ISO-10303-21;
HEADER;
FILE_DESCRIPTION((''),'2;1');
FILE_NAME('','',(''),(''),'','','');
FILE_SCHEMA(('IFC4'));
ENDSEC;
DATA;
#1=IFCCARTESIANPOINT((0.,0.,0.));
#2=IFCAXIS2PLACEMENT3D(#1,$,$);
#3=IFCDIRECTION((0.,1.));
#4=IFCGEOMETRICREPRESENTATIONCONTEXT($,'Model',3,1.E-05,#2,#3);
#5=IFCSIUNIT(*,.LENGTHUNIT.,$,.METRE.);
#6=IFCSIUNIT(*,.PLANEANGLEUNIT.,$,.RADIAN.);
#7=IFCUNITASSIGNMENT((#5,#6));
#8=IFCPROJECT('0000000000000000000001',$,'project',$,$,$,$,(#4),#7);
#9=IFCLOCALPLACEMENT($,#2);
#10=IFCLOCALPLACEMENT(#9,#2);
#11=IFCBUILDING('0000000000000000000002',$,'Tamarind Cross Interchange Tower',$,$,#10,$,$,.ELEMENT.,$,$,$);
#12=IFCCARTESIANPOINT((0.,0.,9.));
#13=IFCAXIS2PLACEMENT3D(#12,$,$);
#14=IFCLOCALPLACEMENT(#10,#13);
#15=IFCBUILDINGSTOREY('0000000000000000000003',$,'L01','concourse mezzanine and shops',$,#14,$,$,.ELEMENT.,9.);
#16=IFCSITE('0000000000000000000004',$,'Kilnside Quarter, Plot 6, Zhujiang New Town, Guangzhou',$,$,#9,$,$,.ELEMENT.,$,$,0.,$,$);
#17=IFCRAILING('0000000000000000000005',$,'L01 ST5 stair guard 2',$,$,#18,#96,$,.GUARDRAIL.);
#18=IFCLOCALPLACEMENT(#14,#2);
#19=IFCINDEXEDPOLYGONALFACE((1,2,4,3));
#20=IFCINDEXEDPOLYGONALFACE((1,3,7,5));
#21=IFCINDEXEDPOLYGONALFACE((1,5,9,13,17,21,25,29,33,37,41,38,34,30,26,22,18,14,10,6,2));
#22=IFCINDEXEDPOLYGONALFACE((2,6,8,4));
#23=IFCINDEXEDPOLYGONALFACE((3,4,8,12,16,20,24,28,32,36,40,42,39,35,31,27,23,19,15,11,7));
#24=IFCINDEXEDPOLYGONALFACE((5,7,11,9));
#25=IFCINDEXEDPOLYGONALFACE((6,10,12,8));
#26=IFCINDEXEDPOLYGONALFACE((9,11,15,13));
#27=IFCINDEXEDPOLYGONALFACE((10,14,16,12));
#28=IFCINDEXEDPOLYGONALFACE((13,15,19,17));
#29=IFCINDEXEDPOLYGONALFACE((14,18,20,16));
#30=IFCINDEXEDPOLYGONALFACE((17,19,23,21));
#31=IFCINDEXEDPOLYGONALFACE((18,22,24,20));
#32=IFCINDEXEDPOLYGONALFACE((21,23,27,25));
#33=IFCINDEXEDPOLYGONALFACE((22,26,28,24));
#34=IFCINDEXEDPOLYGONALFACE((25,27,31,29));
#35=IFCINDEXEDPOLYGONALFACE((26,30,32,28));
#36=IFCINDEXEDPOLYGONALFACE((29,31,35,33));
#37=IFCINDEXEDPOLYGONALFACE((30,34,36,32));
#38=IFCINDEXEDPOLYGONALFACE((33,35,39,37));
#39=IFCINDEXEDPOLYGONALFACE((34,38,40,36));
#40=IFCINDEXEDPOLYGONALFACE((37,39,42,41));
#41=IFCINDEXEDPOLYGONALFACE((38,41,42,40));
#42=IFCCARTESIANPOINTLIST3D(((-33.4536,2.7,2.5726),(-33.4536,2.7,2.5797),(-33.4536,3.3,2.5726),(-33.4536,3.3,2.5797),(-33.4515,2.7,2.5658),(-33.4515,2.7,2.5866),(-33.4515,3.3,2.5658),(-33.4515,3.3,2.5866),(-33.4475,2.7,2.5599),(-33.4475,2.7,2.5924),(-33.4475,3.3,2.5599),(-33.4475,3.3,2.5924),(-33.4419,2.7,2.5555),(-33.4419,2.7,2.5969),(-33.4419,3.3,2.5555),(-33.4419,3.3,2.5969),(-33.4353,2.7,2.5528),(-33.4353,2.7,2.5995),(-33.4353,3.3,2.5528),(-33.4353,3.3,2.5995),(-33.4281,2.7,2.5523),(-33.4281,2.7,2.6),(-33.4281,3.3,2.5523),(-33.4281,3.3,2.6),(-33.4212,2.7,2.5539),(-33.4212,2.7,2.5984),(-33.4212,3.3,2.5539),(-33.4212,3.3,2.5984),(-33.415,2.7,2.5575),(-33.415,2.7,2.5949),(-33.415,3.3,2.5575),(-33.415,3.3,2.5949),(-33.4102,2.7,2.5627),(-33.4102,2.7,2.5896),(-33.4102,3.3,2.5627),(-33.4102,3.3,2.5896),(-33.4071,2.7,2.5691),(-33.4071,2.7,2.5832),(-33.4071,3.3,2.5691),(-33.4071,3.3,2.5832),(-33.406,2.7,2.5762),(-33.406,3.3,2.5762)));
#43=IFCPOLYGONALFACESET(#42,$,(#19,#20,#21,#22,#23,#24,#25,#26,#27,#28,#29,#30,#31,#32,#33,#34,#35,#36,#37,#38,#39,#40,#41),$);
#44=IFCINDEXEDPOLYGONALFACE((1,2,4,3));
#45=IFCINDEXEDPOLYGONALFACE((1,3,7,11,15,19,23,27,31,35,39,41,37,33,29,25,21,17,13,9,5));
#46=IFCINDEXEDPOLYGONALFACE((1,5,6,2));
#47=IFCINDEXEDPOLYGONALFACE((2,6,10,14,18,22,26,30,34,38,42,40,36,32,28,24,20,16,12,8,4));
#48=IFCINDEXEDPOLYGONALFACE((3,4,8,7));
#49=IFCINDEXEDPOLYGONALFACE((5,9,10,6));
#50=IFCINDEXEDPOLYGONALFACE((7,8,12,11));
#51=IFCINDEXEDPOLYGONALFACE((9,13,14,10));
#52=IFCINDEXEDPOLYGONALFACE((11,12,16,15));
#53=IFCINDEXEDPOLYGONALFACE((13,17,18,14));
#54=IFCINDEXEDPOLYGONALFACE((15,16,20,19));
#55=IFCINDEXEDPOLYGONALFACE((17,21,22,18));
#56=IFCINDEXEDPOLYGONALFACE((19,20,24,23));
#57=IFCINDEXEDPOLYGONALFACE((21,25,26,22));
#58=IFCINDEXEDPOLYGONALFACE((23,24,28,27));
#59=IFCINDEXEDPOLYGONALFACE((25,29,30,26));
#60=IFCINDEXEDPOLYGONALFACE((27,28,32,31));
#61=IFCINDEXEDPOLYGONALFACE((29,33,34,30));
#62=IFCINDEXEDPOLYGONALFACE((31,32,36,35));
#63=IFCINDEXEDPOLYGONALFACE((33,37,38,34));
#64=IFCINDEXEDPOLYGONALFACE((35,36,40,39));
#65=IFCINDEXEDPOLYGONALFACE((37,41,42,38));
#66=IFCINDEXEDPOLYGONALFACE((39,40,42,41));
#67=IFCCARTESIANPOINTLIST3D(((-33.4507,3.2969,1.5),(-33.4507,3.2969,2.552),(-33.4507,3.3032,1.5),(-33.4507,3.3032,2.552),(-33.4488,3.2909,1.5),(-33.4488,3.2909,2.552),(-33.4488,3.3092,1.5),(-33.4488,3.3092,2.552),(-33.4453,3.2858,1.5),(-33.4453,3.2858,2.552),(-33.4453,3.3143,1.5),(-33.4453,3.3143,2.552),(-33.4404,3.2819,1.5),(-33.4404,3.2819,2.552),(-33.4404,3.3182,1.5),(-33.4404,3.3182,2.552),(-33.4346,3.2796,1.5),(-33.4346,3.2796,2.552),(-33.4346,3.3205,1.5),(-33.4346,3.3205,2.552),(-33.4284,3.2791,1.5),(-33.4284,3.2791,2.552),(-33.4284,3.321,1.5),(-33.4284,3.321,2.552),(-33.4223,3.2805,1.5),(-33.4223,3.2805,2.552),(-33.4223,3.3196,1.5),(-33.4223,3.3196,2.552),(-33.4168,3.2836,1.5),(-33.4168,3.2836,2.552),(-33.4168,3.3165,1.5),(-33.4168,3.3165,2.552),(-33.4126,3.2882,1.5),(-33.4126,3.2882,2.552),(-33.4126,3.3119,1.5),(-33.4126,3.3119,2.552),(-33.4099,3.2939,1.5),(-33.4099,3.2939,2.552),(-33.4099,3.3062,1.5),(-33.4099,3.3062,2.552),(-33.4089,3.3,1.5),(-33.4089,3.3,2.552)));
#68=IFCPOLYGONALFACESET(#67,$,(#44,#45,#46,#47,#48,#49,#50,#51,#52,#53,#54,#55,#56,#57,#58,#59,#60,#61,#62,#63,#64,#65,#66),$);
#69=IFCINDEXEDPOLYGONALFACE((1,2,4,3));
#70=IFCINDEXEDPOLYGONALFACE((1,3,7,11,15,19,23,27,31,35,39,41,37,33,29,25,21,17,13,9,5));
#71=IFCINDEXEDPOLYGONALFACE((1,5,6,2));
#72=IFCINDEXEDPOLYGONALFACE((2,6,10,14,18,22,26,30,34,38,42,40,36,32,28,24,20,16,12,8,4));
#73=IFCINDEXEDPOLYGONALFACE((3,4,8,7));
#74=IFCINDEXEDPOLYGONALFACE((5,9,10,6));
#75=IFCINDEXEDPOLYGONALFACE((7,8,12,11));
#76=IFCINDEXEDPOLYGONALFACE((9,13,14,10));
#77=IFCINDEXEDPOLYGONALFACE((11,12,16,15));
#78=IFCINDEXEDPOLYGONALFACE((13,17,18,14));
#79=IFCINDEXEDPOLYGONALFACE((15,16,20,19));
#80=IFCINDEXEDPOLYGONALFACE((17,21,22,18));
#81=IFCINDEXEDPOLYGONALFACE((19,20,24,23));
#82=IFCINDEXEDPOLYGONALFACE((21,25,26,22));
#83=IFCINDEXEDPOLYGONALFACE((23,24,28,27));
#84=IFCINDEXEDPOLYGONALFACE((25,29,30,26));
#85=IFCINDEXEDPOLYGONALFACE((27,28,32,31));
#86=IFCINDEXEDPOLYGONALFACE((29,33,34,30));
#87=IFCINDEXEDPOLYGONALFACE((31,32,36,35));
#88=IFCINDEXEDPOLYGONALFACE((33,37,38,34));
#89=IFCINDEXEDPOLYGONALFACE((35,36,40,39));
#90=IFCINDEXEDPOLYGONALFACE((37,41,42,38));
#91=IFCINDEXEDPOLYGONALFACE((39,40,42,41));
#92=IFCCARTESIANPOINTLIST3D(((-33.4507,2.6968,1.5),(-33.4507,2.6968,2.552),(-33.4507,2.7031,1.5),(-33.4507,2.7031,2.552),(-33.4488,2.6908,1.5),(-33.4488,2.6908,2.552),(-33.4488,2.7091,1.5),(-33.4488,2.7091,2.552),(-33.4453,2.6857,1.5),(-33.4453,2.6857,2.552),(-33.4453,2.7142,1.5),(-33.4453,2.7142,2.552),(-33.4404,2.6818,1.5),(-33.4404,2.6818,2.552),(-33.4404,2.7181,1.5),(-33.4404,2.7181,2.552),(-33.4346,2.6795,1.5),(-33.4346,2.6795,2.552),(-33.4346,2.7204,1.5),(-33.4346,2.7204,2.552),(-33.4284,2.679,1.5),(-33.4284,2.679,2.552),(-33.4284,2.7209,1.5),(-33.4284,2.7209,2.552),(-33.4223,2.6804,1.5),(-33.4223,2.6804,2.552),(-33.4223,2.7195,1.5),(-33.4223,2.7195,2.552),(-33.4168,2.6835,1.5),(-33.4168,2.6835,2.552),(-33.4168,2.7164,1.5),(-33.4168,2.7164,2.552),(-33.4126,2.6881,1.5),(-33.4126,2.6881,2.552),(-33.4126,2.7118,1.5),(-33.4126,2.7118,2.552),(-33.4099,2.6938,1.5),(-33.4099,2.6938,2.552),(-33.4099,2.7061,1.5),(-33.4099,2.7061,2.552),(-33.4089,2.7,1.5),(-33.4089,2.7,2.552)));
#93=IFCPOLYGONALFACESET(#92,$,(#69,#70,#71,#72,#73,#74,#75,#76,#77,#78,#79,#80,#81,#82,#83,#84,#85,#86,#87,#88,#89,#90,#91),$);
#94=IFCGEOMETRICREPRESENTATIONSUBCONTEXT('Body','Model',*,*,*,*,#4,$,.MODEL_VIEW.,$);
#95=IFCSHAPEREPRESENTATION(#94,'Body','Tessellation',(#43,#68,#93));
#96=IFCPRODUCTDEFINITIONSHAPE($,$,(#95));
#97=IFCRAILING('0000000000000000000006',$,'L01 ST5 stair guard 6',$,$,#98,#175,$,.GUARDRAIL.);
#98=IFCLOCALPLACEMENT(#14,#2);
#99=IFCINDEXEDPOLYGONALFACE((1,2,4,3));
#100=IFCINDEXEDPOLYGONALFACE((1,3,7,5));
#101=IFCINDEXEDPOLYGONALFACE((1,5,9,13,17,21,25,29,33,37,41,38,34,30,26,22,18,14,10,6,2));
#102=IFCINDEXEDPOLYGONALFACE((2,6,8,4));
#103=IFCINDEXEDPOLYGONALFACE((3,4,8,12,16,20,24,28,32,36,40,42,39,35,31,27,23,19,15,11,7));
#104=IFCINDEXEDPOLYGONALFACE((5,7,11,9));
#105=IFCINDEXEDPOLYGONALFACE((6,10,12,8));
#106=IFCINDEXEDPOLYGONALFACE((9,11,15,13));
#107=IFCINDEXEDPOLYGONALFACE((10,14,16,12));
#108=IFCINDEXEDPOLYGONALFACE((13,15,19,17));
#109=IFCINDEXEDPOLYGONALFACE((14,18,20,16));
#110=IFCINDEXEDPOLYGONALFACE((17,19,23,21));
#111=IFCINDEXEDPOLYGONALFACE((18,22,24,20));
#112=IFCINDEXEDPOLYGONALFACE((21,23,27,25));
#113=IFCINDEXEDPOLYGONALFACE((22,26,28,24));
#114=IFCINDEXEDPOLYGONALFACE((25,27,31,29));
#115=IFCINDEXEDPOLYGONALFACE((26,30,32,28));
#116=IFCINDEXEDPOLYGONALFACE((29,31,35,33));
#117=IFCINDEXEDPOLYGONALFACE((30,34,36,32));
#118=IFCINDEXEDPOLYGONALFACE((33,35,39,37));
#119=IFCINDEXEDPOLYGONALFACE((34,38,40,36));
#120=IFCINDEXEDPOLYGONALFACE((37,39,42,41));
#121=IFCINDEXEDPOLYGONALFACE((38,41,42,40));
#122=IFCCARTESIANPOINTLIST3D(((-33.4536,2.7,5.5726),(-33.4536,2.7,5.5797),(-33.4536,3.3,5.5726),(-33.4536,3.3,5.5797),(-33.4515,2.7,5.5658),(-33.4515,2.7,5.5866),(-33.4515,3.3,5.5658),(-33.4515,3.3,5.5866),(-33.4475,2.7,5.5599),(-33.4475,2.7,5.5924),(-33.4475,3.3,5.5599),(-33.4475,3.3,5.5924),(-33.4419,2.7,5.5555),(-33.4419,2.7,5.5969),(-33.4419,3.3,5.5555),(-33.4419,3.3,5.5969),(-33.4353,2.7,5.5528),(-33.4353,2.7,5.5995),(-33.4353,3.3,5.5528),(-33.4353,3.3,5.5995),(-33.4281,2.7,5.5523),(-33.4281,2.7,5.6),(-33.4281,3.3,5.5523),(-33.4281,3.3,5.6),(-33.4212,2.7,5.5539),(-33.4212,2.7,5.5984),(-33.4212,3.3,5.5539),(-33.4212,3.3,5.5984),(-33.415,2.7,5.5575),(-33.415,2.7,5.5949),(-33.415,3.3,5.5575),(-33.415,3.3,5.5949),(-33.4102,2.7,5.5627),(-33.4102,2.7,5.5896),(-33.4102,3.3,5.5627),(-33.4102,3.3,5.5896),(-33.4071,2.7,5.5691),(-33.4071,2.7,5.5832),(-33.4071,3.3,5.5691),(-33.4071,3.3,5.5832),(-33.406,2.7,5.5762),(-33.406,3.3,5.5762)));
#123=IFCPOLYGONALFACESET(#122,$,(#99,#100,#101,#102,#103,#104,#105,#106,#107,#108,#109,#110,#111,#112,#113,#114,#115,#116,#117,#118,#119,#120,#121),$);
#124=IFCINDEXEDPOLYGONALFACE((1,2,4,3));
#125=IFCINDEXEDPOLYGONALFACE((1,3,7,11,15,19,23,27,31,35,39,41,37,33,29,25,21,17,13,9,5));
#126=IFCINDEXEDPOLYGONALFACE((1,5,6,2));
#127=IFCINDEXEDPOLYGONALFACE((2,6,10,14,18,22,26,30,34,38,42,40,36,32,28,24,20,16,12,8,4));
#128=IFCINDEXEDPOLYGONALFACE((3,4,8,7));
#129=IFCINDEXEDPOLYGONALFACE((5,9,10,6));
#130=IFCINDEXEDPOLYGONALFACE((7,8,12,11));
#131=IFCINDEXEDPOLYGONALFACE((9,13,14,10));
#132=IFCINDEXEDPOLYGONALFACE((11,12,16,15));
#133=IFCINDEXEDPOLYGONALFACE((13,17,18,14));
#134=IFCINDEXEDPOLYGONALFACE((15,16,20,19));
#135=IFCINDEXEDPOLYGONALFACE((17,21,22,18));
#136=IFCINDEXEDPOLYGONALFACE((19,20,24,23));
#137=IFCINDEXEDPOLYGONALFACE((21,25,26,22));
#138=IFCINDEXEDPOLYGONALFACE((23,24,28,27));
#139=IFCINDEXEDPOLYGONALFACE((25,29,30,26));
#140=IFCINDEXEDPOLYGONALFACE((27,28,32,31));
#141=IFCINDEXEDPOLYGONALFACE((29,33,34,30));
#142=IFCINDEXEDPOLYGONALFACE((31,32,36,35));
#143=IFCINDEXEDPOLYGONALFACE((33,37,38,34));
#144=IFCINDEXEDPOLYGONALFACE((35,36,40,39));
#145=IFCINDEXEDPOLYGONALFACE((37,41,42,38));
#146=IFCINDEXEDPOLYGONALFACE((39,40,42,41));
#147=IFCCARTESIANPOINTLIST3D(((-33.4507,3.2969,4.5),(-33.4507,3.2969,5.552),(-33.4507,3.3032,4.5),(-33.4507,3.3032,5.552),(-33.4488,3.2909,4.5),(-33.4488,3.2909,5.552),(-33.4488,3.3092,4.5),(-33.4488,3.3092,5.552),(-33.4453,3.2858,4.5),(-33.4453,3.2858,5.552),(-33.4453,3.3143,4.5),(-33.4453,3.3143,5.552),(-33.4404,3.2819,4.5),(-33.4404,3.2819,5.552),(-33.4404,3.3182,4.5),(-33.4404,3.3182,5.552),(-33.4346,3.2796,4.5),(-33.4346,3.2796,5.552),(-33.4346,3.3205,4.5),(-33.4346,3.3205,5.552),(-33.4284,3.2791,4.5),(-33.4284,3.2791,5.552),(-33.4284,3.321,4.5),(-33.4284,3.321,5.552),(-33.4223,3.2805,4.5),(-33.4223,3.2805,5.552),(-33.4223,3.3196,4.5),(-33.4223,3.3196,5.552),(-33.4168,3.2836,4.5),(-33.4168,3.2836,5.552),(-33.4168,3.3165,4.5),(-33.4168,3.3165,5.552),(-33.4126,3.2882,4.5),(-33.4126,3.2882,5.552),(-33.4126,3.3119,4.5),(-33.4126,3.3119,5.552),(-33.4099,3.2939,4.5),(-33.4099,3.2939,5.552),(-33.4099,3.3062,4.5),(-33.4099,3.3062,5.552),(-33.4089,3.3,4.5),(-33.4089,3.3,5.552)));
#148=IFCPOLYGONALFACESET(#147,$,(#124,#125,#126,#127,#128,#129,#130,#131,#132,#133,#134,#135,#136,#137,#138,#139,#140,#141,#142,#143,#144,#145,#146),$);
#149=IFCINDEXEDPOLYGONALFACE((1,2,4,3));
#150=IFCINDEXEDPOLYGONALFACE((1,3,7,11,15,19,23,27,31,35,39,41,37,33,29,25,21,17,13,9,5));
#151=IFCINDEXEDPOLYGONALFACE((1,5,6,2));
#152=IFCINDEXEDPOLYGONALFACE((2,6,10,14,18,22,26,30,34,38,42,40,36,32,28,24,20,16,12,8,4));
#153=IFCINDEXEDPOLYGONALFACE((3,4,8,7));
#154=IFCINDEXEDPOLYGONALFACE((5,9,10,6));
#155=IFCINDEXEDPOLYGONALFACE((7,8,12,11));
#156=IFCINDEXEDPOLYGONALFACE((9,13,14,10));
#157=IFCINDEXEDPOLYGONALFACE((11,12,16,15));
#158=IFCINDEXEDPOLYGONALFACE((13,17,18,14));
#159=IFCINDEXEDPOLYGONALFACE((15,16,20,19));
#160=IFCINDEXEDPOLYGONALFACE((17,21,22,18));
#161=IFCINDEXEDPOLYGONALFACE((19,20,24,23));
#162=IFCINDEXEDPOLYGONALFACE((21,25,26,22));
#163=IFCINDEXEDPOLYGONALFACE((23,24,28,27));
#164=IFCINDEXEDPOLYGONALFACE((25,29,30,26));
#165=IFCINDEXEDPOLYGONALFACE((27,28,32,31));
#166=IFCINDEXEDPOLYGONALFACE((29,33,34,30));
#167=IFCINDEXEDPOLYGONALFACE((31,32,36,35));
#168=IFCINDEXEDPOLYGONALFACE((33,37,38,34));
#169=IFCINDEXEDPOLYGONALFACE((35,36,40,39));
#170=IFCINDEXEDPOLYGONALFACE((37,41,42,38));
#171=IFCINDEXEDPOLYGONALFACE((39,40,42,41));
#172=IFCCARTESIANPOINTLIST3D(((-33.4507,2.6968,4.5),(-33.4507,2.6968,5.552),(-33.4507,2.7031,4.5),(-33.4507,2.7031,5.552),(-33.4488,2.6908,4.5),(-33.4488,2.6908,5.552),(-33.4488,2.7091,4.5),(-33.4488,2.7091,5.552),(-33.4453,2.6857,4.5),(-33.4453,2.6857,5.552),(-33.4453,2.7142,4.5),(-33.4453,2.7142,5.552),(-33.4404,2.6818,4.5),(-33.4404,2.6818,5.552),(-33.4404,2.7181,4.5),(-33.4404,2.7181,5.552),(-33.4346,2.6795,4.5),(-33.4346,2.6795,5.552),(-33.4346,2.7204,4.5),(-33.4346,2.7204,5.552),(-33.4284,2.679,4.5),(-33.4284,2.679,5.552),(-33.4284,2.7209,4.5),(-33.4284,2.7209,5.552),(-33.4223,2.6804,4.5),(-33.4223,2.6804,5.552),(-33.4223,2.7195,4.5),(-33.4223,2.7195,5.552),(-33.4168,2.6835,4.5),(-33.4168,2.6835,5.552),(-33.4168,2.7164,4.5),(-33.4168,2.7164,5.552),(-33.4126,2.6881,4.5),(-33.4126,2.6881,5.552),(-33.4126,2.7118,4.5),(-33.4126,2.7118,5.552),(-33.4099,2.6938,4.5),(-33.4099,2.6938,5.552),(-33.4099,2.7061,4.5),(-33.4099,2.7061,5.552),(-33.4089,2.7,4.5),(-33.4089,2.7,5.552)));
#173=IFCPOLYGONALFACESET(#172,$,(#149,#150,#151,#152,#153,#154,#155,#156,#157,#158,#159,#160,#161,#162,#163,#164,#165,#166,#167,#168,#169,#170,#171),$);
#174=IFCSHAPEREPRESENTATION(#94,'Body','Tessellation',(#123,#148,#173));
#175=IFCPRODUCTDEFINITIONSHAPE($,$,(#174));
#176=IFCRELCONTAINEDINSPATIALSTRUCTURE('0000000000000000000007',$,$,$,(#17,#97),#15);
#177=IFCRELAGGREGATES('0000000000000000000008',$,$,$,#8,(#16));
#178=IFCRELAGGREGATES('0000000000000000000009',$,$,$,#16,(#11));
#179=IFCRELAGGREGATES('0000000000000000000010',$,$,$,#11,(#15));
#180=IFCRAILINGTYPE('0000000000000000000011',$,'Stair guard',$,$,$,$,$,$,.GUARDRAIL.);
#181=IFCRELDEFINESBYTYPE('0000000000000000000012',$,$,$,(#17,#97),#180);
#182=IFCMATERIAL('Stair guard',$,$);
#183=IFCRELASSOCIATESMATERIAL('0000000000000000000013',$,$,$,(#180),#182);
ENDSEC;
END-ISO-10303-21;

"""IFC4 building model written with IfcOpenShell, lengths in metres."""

from ifc_helpers import new_model, si_unit, direction, frame, origin, origin_2d, place, context, subcontext, project, spatial, circle, extrude, material, type_object, element, save


model = new_model("IFC4")

# Units and contexts
model_context = context("Model", 3, precision=1e-05, world=origin(), true_north=direction((0.0, 1.0)))
body_context = subcontext(model_context, "Body", "Model", "MODEL_VIEW")
ifc_project = project(units=[si_unit("LENGTHUNIT", "METRE"), si_unit("PLANEANGLEUNIT", "RADIAN")], contexts=[model_context])

# Site, building, storey
site_placement = place(None, origin())
site = spatial("IfcSite", under=ifc_project, at=site_placement, Name="Kilnside Quarter, Plot 6, Zhujiang New Town, Guangzhou", CompositionType="ELEMENT", RefElevation=0.0)
building_placement = place(site_placement, origin())
building = spatial("IfcBuilding", under=site, at=building_placement, Name="Tamarind Cross Interchange Tower", CompositionType="ELEMENT")
storey_placement = place(building_placement, frame((0.0, 0.0, 9.0)))
storey = spatial("IfcBuildingStorey", under=building, at=storey_placement, Name="L01", Description="concourse mezzanine and shops", CompositionType="ELEMENT", Elevation=9.0)

# Railings
ifc_material_1 = material(Name="Stair guard")
railing_type_1 = type_object("IfcRailingType", Name="Stair guard", PredefinedType="GUARDRAIL", material=ifc_material_1)
for number, where, name in (
    (1, (-33.4299, 3.3, 1.5), "L01 ST5 stair guard 2"),
    (2, (-33.4299, 3.3, 4.5), "L01 ST5 stair guard 6"),
):
    element("IfcRailing", number, at=place(storey_placement, frame(where)), inside=storey, type_object=railing_type_1, Name=name, PredefinedType="GUARDRAIL", context=body_context, shape_type="SweptSolid", body=[
        extrude(circle(Radius=0.0239, at=origin_2d()), frame((0.0, 0.0, 1.0762), z_axis=(0.0, -1.0, 0.0), x_axis=(1.0, 0.0, 0.0)), (0.0, 0.0, 1.0), 0.6001),
        extrude(circle(Radius=0.021, at=origin_2d()), origin(), (0.0, 0.0, 1.0), 1.052),
        extrude(circle(Radius=0.021, at=origin_2d()), frame((0.0, -0.6001, 0.0)), (0.0, 0.0, 1.0), 1.052),
    ])

save(model, "model.ifc")
